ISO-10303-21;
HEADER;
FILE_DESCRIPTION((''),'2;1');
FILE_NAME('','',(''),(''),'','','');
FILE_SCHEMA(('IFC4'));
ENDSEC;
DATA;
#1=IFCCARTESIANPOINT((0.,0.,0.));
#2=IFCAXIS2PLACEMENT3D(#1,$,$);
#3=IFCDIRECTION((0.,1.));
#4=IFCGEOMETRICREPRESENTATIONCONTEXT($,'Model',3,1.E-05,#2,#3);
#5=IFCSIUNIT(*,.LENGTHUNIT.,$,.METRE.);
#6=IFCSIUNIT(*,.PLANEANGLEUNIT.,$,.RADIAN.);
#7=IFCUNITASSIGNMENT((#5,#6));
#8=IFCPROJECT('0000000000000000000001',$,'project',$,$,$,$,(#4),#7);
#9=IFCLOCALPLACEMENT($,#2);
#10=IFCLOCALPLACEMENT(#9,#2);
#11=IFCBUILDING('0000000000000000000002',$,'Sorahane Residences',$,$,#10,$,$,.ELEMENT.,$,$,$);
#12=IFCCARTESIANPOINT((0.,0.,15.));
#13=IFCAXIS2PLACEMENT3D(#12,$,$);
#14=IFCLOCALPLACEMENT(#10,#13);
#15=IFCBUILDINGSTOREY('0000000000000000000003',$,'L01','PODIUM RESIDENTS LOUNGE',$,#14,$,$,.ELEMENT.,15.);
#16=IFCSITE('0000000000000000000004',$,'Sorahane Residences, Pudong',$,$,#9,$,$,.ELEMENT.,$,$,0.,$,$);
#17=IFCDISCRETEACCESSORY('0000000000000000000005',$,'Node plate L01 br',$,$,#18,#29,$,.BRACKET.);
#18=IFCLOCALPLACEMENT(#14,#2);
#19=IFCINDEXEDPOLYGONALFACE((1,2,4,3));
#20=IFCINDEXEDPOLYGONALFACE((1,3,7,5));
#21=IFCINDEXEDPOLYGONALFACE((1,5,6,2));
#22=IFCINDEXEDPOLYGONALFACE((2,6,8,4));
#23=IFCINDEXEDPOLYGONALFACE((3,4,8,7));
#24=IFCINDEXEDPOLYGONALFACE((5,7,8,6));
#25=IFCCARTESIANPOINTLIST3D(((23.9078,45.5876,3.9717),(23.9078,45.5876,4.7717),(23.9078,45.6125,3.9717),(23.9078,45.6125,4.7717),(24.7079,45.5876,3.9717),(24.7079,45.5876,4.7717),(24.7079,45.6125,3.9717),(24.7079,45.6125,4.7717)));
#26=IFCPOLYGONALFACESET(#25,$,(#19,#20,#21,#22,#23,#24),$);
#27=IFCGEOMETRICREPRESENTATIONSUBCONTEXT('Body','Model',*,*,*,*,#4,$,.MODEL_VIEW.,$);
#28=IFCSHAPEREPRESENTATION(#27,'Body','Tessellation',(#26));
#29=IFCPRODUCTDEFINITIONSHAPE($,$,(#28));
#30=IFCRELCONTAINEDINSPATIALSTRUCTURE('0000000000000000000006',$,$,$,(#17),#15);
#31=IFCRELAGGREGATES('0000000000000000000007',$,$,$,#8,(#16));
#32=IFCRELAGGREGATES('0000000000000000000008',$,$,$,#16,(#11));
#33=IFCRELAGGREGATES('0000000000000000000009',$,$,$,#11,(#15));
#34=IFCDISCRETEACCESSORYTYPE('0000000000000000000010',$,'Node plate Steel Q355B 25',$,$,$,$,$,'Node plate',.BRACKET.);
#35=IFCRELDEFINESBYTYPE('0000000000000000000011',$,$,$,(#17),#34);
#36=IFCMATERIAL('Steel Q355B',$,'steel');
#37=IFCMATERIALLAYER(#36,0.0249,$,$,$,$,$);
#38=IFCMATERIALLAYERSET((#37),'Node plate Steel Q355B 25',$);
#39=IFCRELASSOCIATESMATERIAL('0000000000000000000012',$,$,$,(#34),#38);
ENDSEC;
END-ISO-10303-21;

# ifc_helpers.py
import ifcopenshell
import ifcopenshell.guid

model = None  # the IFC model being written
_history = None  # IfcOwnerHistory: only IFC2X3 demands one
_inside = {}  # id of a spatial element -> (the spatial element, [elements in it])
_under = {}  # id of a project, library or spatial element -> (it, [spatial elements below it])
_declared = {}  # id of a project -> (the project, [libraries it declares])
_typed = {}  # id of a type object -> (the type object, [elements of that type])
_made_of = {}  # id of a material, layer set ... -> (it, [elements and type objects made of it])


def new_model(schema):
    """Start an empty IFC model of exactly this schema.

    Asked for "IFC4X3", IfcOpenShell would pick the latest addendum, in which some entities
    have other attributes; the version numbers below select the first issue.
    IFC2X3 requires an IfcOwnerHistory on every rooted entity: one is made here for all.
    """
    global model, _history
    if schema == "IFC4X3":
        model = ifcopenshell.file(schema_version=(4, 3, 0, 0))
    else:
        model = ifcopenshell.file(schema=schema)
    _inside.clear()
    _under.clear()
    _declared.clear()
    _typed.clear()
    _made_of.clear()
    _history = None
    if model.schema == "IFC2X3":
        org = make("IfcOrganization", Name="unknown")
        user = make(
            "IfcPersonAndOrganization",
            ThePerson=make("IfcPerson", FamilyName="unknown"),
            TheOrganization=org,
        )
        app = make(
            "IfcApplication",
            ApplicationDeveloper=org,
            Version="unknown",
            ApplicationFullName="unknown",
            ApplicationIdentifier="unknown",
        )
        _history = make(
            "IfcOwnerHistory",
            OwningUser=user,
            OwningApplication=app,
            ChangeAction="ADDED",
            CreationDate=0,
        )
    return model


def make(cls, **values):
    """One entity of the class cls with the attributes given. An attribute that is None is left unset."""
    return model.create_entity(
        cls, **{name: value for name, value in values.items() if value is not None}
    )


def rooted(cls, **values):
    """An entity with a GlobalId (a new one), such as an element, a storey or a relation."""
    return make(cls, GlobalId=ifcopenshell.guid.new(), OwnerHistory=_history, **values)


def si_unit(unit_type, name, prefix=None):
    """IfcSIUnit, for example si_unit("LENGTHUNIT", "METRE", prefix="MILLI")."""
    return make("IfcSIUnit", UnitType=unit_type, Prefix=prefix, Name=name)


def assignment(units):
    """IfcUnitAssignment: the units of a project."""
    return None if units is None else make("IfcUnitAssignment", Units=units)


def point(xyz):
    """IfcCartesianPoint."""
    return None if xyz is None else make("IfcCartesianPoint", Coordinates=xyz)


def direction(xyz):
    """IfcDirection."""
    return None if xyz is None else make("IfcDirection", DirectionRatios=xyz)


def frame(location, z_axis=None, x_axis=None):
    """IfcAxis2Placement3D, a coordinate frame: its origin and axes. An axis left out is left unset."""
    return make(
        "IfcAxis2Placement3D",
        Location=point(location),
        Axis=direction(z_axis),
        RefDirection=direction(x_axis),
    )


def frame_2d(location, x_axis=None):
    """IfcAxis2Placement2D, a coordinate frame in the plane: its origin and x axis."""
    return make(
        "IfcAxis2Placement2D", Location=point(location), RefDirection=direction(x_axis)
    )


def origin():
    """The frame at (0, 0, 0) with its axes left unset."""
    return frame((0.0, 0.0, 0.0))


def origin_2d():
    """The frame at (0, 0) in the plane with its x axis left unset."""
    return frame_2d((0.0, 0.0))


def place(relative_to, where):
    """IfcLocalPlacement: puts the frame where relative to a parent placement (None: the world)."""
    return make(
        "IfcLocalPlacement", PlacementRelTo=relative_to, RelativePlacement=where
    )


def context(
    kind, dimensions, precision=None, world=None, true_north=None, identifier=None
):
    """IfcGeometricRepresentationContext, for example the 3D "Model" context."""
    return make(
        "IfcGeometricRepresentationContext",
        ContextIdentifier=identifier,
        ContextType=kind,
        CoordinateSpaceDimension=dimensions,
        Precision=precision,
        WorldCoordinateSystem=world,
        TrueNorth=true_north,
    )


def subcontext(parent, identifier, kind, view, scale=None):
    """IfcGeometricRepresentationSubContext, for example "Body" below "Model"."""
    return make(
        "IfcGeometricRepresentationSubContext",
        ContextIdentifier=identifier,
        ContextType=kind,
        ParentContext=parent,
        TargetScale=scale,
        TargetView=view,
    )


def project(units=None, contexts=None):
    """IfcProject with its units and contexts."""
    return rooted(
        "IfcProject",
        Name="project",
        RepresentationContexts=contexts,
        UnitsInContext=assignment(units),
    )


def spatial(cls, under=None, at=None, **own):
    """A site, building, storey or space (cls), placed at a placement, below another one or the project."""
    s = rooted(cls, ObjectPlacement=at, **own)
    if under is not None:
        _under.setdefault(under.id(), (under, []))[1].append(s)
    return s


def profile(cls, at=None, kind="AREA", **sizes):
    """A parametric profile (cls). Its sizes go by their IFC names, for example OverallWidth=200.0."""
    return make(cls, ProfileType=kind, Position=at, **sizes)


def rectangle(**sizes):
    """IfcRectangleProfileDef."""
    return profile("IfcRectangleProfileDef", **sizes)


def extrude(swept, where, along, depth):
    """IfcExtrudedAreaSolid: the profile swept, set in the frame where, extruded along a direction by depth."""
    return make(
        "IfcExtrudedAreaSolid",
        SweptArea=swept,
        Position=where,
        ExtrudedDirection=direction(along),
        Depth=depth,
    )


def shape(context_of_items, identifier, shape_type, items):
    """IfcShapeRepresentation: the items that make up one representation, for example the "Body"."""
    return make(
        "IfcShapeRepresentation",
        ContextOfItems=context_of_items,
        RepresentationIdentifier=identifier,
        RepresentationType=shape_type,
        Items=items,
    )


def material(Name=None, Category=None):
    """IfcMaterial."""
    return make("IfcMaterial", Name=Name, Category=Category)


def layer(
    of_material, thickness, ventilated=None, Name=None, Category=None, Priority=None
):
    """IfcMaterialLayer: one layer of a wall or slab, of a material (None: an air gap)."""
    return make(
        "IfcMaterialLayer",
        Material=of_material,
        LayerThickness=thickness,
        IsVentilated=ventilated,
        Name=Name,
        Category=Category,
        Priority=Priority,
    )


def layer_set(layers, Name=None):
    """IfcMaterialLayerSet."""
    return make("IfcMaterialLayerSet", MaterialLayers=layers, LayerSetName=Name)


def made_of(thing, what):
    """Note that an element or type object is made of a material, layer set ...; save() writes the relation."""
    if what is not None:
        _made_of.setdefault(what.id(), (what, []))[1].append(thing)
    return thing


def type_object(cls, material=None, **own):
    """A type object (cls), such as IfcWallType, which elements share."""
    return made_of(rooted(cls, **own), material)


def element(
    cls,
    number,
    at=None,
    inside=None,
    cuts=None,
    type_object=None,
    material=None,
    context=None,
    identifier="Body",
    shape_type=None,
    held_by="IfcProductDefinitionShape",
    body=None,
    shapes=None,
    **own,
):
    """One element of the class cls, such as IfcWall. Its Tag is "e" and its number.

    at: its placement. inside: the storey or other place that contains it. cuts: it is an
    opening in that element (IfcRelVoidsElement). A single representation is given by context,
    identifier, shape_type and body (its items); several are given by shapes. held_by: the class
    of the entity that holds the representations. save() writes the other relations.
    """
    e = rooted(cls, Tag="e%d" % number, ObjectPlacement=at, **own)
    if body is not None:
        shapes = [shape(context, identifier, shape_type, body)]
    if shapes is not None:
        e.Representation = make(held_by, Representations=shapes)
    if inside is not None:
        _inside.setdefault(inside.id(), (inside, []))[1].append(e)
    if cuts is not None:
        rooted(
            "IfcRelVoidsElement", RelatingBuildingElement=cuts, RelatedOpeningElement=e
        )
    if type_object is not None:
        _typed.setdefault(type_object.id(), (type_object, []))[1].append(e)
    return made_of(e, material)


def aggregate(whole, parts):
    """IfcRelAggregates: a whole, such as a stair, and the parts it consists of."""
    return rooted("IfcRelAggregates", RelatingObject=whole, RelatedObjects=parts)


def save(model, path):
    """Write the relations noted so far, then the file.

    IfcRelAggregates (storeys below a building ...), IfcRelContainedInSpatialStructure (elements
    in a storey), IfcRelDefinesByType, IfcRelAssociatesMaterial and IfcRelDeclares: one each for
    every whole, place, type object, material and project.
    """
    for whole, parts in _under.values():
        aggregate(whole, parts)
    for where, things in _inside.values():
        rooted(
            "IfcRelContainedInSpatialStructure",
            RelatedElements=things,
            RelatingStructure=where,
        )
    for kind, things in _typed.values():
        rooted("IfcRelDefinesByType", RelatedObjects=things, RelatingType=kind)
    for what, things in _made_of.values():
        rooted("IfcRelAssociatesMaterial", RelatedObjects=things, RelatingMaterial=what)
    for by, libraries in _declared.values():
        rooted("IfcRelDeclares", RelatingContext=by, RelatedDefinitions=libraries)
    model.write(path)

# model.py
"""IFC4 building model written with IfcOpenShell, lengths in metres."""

from ifc_helpers import new_model, si_unit, direction, frame, origin, origin_2d, place, context, subcontext, project, spatial, rectangle, extrude, material, layer, layer_set, type_object, element, save


model = new_model("IFC4")

# Units and contexts
model_context = context("Model", 3, precision=1e-05, world=origin(), true_north=direction((0.0, 1.0)))
body_context = subcontext(model_context, "Body", "Model", "MODEL_VIEW")
ifc_project = project(units=[si_unit("LENGTHUNIT", "METRE"), si_unit("PLANEANGLEUNIT", "RADIAN")], contexts=[model_context])

# Site, building, storey
site_placement = place(None, origin())
site = spatial("IfcSite", under=ifc_project, at=site_placement, Name="Sorahane Residences, Pudong", CompositionType="ELEMENT", RefElevation=0.0)
building_placement = place(site_placement, origin())
building = spatial("IfcBuilding", under=site, at=building_placement, Name="Sorahane Residences", CompositionType="ELEMENT")
storey_placement = place(building_placement, frame((0.0, 0.0, 15.0)))
storey = spatial("IfcBuildingStorey", under=building, at=storey_placement, Name="L01", Description="PODIUM RESIDENTS LOUNGE", CompositionType="ELEMENT", Elevation=15.0)

# Discrete accessory
ifc_material_1 = material(Name="Steel Q355B", Category="steel")
ifc_layer_1 = layer(ifc_material_1, 0.0249)
ifc_layer_set_1 = layer_set([ifc_layer_1], Name="Node plate Steel Q355B 25")
discrete_accessory_type = type_object("IfcDiscreteAccessoryType", Name="Node plate Steel Q355B 25", ElementType="Node plate", PredefinedType="BRACKET", material=ifc_layer_set_1)
for number, where, z_axis, x_axis, name in (
    (1, (24.3079, 45.6001, 3.9717), (0.0, 0.0, 1.0), (1.0, 0.0, 0.0), "Node plate L01 br"),
):
    element("IfcDiscreteAccessory", number, at=place(storey_placement, frame(where, z_axis=z_axis, x_axis=x_axis)), inside=storey, type_object=discrete_accessory_type, Name=name, PredefinedType="BRACKET", context=body_context, shape_type="SweptSolid", body=[
        extrude(rectangle(XDim=0.8, YDim=0.0249, at=origin_2d()), origin(), (0.0, 0.0, 1.0), 0.8),
    ])

save(model, "model.ifc")
